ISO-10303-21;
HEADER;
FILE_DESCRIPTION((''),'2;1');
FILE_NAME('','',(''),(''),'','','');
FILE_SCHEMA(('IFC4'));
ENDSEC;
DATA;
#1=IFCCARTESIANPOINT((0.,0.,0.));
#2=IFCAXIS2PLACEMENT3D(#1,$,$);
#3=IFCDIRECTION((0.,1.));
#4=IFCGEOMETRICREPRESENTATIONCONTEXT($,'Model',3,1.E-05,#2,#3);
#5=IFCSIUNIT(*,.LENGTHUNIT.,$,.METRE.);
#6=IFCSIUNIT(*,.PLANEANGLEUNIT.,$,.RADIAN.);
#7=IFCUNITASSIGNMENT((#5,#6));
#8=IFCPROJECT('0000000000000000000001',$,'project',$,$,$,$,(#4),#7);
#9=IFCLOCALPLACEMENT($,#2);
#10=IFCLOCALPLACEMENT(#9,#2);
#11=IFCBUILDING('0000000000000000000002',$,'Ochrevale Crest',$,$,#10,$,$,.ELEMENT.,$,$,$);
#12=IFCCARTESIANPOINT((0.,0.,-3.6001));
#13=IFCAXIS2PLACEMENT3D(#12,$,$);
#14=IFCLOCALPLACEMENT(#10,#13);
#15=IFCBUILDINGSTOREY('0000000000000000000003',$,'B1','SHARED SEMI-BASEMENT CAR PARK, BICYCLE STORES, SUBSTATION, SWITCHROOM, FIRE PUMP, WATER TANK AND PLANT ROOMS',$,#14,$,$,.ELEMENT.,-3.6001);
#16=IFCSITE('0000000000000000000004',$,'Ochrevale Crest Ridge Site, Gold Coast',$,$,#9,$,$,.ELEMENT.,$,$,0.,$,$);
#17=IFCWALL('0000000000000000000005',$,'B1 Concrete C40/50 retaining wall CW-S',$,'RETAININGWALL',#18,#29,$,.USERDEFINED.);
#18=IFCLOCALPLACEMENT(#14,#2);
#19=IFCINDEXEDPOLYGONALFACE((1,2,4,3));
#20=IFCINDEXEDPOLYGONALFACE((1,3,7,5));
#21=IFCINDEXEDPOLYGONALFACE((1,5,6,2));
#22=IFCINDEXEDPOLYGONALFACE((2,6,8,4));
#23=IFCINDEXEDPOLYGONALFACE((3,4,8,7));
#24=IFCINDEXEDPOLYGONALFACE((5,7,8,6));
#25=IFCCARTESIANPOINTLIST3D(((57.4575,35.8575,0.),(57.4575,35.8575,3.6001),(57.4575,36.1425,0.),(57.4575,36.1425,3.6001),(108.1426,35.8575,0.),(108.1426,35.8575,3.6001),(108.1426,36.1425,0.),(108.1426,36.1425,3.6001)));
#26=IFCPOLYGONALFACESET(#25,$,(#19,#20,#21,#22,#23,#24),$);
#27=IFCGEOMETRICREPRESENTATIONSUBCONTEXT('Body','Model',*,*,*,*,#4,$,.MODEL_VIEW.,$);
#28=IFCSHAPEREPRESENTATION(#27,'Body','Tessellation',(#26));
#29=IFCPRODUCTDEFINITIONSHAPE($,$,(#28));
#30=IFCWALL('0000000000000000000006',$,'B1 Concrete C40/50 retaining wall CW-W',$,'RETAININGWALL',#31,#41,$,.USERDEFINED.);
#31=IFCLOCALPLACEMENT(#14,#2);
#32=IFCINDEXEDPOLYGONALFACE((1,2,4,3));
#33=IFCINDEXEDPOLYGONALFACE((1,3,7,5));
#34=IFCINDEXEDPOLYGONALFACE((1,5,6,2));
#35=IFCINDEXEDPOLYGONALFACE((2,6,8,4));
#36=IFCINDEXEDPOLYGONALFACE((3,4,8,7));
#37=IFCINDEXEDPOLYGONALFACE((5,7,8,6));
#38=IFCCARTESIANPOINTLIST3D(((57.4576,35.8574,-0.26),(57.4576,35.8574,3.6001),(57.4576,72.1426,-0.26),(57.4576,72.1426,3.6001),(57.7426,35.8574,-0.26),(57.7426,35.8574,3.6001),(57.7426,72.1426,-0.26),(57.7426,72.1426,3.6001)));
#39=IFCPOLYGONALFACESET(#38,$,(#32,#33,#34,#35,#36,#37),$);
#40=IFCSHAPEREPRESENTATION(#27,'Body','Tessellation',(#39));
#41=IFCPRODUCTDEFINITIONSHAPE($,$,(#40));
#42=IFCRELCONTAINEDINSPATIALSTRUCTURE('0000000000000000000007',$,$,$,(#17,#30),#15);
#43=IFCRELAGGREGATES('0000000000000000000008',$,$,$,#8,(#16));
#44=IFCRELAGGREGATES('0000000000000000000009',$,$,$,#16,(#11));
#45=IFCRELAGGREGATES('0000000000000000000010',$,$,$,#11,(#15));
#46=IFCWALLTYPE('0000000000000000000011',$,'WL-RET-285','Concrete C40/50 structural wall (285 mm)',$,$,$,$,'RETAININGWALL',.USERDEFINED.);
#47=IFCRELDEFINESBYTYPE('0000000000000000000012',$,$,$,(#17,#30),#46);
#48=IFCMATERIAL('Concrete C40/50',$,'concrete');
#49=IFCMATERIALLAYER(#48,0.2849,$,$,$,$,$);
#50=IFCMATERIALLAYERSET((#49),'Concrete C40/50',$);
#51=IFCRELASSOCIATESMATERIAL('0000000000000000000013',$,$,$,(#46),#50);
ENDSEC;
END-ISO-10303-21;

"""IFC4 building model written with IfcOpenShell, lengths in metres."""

from ifc_helpers import new_model, si_unit, direction, frame, frame_2d, origin, place, context, subcontext, project, spatial, rectangle, extrude, material, layer, layer_set, type_object, element, save


model = new_model("IFC4")

# Units and contexts
model_context = context("Model", 3, precision=1e-05, world=origin(), true_north=direction((0.0, 1.0)))
body_context = subcontext(model_context, "Body", "Model", "MODEL_VIEW")
ifc_project = project(units=[si_unit("LENGTHUNIT", "METRE"), si_unit("PLANEANGLEUNIT", "RADIAN")], contexts=[model_context])

# Site, building, storey
site_placement = place(None, origin())
site = spatial("IfcSite", under=ifc_project, at=site_placement, Name="Ochrevale Crest Ridge Site, Gold Coast", CompositionType="ELEMENT", RefElevation=0.0)
building_placement = place(site_placement, origin())
building = spatial("IfcBuilding", under=site, at=building_placement, Name="Ochrevale Crest", CompositionType="ELEMENT")
storey_placement = place(building_placement, frame((0.0, 0.0, -3.6001)))
storey = spatial("IfcBuildingStorey", under=building, at=storey_placement, Name="B1", Description="SHARED SEMI-BASEMENT CAR PARK, BICYCLE STORES, SUBSTATION, SWITCHROOM, FIRE PUMP, WATER TANK AND PLANT ROOMS", CompositionType="ELEMENT", Elevation=-3.6001)

# Shared definitions
ifc_material_1 = material(Name="Concrete C40/50", Category="concrete")

# Walls
ifc_layer = layer(ifc_material_1, 0.2849)
ifc_layer_set = layer_set([ifc_layer], Name="Concrete C40/50")
wall_type = type_object("IfcWallType", Name="WL-RET-285", Description="Concrete C40/50 structural wall (285 mm)", ElementType="RETAININGWALL", PredefinedType="USERDEFINED", material=ifc_layer_set)
wall_1_placement = place(storey_placement, frame((57.4575, 36.0, 0.0), z_axis=(0.0, 0.0, 1.0), x_axis=(1.0, 0.0, 0.0)))
element("IfcWall", 1, at=wall_1_placement, inside=storey, type_object=wall_type, Name="B1 Concrete C40/50 retaining wall CW-S", ObjectType="RETAININGWALL", PredefinedType="USERDEFINED", context=body_context, shape_type="SweptSolid", body=[
    extrude(rectangle(XDim=50.6851, YDim=0.2849, at=frame_2d((25.3425, 0.0))), origin(), (0.0, 0.0, 1.0), 3.6001),
])
wall_2_placement = place(storey_placement, frame((57.6001, 35.8574, -0.26), z_axis=(0.0, 0.0, 1.0), x_axis=(0.0, 1.0, 0.0)))
element("IfcWall", 2, at=wall_2_placement, inside=storey, type_object=wall_type, Name="B1 Concrete C40/50 retaining wall CW-W", ObjectType="RETAININGWALL", PredefinedType="USERDEFINED", context=body_context, shape_type="SweptSolid", body=[
    extrude(rectangle(XDim=36.2852, YDim=0.2849, at=frame_2d((18.1426, 0.0))), origin(), (0.0, 0.0, 1.0), 3.8601),
])

save(model, "model.ifc")
